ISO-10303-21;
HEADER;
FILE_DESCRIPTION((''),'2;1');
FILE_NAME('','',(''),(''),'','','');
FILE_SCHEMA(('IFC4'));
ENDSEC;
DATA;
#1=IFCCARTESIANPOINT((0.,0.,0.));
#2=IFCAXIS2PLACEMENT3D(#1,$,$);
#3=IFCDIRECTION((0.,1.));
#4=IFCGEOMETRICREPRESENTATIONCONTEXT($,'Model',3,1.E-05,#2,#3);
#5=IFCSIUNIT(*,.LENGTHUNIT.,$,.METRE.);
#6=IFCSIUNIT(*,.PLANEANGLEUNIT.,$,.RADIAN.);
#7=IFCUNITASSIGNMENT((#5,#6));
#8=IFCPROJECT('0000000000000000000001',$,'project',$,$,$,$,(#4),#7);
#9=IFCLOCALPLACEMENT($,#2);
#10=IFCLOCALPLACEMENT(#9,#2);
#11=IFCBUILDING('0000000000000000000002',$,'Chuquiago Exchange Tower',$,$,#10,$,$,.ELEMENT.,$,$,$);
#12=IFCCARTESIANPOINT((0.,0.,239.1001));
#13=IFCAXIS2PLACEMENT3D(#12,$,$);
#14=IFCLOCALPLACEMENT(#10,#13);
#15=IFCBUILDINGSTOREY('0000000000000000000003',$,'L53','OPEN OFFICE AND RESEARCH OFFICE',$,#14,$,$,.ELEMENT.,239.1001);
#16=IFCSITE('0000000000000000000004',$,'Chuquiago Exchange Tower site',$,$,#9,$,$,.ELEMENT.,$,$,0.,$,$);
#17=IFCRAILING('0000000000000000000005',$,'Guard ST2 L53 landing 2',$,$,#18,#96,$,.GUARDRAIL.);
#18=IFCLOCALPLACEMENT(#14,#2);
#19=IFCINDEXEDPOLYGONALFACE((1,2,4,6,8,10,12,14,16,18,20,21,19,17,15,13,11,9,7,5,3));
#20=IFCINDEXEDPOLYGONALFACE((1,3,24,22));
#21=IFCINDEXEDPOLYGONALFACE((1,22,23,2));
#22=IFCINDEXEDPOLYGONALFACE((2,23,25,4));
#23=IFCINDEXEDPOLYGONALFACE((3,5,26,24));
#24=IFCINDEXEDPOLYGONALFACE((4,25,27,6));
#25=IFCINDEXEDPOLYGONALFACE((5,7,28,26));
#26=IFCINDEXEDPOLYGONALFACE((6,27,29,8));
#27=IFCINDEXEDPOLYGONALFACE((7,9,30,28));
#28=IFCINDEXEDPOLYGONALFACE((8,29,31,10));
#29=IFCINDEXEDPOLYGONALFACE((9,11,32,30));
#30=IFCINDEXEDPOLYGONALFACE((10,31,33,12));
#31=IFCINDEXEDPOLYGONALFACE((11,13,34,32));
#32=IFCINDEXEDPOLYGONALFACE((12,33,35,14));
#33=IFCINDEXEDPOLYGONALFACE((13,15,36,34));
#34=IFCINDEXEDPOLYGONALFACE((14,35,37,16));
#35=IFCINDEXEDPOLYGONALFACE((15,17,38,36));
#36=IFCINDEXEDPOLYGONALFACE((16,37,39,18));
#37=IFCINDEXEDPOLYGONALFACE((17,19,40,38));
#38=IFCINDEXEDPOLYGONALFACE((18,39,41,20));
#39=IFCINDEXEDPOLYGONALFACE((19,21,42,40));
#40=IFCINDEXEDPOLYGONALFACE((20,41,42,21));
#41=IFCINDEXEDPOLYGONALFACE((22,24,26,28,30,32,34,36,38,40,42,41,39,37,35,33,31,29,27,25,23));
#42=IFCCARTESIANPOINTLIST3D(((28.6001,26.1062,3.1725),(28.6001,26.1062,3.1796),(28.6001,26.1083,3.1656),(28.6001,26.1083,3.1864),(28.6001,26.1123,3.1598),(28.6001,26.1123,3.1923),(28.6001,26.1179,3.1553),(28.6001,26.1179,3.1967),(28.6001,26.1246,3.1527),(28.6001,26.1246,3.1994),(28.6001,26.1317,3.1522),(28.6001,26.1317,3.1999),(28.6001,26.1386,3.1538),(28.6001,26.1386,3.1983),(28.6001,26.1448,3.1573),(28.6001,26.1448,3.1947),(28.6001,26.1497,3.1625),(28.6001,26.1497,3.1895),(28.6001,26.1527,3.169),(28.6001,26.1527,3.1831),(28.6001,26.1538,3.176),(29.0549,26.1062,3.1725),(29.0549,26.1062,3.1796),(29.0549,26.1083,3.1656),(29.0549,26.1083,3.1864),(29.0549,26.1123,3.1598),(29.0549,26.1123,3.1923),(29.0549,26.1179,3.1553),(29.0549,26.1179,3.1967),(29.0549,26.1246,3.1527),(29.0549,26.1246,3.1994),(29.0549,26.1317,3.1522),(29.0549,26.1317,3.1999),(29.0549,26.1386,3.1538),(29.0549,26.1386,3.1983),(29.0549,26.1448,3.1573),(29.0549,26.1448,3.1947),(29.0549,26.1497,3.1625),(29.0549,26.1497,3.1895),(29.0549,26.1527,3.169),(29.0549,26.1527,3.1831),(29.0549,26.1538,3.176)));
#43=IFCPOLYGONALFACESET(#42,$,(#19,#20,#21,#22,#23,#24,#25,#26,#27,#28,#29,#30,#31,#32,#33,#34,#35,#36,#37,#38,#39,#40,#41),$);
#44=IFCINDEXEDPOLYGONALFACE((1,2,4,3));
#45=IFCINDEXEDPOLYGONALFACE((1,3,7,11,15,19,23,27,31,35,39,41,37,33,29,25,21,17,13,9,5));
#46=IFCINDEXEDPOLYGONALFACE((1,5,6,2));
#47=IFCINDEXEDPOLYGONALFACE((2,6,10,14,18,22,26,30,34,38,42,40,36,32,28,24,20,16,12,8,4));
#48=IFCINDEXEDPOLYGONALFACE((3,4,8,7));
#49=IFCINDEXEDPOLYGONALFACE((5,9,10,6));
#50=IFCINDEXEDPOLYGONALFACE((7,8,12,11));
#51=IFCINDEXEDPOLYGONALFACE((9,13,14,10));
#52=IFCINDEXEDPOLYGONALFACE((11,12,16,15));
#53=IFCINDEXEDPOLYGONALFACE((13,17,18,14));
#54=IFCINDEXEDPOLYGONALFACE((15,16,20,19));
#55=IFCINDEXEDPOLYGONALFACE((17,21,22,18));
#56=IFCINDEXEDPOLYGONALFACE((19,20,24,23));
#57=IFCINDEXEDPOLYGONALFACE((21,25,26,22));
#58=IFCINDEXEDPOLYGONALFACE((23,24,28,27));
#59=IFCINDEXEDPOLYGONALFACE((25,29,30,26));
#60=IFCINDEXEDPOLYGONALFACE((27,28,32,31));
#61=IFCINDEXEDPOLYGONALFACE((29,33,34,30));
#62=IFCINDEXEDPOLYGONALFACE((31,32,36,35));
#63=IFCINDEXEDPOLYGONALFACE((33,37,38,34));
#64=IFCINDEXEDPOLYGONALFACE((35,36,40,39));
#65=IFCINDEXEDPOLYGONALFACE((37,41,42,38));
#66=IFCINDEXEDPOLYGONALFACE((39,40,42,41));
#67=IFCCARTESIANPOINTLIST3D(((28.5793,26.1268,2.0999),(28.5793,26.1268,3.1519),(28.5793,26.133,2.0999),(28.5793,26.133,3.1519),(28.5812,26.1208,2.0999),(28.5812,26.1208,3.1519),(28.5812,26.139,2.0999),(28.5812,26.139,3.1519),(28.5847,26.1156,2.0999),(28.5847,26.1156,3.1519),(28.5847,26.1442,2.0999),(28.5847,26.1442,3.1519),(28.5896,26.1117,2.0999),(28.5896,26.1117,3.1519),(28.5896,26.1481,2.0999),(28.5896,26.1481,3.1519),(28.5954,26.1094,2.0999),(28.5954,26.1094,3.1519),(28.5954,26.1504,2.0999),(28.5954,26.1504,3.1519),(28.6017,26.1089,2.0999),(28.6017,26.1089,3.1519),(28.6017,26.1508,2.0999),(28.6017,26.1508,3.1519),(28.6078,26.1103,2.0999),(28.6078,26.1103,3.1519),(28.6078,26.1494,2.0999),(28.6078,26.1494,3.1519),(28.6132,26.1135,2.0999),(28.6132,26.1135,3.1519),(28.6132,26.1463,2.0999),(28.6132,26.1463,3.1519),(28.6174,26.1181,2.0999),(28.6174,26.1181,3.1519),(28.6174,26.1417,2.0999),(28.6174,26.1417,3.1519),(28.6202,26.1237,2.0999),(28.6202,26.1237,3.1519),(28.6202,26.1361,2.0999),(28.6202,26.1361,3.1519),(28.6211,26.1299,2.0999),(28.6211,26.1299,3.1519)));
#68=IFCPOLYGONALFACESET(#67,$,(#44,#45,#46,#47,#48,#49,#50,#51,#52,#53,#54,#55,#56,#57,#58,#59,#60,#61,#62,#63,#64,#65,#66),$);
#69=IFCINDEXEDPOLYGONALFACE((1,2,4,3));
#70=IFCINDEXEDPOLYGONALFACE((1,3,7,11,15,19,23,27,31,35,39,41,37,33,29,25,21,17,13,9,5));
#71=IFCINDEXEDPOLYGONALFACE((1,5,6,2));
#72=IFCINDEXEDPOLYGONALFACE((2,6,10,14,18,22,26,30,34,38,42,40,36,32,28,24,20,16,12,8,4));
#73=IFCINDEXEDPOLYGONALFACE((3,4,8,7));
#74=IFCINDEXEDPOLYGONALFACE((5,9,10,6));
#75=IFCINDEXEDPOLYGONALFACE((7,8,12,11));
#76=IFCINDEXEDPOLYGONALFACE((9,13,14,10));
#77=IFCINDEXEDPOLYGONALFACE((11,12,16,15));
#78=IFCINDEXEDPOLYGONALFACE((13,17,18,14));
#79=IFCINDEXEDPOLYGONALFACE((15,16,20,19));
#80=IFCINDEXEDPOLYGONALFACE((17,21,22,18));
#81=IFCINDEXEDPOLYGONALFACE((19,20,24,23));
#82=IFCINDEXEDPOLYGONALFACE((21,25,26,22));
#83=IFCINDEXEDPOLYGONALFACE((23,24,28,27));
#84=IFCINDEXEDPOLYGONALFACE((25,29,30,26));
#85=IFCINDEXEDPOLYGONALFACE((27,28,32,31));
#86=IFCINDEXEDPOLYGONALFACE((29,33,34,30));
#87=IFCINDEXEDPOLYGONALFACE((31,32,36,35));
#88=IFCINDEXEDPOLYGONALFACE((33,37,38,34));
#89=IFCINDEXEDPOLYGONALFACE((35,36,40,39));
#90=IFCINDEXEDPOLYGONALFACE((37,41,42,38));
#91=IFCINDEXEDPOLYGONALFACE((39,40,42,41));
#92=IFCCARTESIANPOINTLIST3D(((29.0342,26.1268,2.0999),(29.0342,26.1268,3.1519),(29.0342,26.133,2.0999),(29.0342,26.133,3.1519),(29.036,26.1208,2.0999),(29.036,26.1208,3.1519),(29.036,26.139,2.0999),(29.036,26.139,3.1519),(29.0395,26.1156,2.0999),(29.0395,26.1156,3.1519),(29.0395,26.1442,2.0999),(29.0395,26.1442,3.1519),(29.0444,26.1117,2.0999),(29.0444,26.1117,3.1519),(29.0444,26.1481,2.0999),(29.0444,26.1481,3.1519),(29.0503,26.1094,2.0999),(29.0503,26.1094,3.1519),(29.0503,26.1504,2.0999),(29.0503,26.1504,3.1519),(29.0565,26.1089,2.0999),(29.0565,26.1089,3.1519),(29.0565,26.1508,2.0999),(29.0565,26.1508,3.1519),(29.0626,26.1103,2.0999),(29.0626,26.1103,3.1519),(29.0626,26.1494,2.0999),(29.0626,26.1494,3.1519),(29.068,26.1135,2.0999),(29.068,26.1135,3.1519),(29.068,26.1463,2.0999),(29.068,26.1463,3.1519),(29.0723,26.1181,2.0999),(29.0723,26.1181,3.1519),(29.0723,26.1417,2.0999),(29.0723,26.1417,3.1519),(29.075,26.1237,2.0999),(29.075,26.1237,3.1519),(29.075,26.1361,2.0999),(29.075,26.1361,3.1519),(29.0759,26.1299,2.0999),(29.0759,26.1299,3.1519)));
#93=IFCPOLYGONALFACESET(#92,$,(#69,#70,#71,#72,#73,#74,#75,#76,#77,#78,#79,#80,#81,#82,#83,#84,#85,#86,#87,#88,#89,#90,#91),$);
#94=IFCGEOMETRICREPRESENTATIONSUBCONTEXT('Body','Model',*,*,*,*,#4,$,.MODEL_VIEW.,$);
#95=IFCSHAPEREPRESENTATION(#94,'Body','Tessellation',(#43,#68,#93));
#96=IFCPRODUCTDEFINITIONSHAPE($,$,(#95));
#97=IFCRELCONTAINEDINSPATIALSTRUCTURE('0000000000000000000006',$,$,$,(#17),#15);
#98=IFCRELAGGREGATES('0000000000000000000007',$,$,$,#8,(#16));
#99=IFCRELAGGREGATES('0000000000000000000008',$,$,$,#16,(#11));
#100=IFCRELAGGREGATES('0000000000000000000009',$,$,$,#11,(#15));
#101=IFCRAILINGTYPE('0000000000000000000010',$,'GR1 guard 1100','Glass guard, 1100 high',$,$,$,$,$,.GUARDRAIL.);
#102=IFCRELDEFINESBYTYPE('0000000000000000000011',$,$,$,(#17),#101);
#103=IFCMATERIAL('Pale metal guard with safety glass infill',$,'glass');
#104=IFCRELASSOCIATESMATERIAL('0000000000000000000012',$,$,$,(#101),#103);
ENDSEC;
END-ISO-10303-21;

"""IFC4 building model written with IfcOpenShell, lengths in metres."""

from ifc_helpers import new_model, si_unit, direction, frame, origin, origin_2d, place, context, subcontext, project, spatial, circle, extrude, material, type_object, element, save


model = new_model("IFC4")

# Units and contexts
model_context = context("Model", 3, precision=1e-05, world=origin(), true_north=direction((0.0, 1.0)))
body_context = subcontext(model_context, "Body", "Model", "MODEL_VIEW")
ifc_project = project(units=[si_unit("LENGTHUNIT", "METRE"), si_unit("PLANEANGLEUNIT", "RADIAN")], contexts=[model_context])

# Site, building, storey
site_placement = place(None, origin())
site = spatial("IfcSite", under=ifc_project, at=site_placement, Name="Chuquiago Exchange Tower site", CompositionType="ELEMENT", RefElevation=0.0)
building_placement = place(site_placement, origin())
building = spatial("IfcBuilding", under=site, at=building_placement, Name="Chuquiago Exchange Tower", CompositionType="ELEMENT")
storey_placement = place(building_placement, frame((0.0, 0.0, 239.1001)))
storey = spatial("IfcBuildingStorey", under=building, at=storey_placement, Name="L53", Description="OPEN OFFICE AND RESEARCH OFFICE", CompositionType="ELEMENT", Elevation=239.1001)

# Railing
ifc_material_1 = material(Name="Pale metal guard with safety glass infill", Category="glass")
railing_type_1 = type_object("IfcRailingType", Name="GR1 guard 1100", Description="Glass guard, 1100 high", PredefinedType="GUARDRAIL", material=ifc_material_1)
railing_1_placement = place(storey_placement, frame((28.6001, 26.1299, 2.0999)))
element("IfcRailing", 1, at=railing_1_placement, inside=storey, type_object=railing_type_1, Name="Guard ST2 L53 landing 2", PredefinedType="GUARDRAIL", context=body_context, shape_type="SweptSolid", body=[
    extrude(circle(Radius=0.0239, at=origin_2d()), frame((0.0, 0.0, 1.0762), z_axis=(1.0, 0.0, 0.0), x_axis=(0.0, 1.0, 0.0)), (0.0, 0.0, 1.0), 0.4548),
    extrude(circle(Radius=0.021, at=origin_2d()), origin(), (0.0, 0.0, 1.0), 1.052),
    extrude(circle(Radius=0.021, at=origin_2d()), frame((0.4548, 0.0, 0.0)), (0.0, 0.0, 1.0), 1.052),
])

save(model, "model.ifc")
